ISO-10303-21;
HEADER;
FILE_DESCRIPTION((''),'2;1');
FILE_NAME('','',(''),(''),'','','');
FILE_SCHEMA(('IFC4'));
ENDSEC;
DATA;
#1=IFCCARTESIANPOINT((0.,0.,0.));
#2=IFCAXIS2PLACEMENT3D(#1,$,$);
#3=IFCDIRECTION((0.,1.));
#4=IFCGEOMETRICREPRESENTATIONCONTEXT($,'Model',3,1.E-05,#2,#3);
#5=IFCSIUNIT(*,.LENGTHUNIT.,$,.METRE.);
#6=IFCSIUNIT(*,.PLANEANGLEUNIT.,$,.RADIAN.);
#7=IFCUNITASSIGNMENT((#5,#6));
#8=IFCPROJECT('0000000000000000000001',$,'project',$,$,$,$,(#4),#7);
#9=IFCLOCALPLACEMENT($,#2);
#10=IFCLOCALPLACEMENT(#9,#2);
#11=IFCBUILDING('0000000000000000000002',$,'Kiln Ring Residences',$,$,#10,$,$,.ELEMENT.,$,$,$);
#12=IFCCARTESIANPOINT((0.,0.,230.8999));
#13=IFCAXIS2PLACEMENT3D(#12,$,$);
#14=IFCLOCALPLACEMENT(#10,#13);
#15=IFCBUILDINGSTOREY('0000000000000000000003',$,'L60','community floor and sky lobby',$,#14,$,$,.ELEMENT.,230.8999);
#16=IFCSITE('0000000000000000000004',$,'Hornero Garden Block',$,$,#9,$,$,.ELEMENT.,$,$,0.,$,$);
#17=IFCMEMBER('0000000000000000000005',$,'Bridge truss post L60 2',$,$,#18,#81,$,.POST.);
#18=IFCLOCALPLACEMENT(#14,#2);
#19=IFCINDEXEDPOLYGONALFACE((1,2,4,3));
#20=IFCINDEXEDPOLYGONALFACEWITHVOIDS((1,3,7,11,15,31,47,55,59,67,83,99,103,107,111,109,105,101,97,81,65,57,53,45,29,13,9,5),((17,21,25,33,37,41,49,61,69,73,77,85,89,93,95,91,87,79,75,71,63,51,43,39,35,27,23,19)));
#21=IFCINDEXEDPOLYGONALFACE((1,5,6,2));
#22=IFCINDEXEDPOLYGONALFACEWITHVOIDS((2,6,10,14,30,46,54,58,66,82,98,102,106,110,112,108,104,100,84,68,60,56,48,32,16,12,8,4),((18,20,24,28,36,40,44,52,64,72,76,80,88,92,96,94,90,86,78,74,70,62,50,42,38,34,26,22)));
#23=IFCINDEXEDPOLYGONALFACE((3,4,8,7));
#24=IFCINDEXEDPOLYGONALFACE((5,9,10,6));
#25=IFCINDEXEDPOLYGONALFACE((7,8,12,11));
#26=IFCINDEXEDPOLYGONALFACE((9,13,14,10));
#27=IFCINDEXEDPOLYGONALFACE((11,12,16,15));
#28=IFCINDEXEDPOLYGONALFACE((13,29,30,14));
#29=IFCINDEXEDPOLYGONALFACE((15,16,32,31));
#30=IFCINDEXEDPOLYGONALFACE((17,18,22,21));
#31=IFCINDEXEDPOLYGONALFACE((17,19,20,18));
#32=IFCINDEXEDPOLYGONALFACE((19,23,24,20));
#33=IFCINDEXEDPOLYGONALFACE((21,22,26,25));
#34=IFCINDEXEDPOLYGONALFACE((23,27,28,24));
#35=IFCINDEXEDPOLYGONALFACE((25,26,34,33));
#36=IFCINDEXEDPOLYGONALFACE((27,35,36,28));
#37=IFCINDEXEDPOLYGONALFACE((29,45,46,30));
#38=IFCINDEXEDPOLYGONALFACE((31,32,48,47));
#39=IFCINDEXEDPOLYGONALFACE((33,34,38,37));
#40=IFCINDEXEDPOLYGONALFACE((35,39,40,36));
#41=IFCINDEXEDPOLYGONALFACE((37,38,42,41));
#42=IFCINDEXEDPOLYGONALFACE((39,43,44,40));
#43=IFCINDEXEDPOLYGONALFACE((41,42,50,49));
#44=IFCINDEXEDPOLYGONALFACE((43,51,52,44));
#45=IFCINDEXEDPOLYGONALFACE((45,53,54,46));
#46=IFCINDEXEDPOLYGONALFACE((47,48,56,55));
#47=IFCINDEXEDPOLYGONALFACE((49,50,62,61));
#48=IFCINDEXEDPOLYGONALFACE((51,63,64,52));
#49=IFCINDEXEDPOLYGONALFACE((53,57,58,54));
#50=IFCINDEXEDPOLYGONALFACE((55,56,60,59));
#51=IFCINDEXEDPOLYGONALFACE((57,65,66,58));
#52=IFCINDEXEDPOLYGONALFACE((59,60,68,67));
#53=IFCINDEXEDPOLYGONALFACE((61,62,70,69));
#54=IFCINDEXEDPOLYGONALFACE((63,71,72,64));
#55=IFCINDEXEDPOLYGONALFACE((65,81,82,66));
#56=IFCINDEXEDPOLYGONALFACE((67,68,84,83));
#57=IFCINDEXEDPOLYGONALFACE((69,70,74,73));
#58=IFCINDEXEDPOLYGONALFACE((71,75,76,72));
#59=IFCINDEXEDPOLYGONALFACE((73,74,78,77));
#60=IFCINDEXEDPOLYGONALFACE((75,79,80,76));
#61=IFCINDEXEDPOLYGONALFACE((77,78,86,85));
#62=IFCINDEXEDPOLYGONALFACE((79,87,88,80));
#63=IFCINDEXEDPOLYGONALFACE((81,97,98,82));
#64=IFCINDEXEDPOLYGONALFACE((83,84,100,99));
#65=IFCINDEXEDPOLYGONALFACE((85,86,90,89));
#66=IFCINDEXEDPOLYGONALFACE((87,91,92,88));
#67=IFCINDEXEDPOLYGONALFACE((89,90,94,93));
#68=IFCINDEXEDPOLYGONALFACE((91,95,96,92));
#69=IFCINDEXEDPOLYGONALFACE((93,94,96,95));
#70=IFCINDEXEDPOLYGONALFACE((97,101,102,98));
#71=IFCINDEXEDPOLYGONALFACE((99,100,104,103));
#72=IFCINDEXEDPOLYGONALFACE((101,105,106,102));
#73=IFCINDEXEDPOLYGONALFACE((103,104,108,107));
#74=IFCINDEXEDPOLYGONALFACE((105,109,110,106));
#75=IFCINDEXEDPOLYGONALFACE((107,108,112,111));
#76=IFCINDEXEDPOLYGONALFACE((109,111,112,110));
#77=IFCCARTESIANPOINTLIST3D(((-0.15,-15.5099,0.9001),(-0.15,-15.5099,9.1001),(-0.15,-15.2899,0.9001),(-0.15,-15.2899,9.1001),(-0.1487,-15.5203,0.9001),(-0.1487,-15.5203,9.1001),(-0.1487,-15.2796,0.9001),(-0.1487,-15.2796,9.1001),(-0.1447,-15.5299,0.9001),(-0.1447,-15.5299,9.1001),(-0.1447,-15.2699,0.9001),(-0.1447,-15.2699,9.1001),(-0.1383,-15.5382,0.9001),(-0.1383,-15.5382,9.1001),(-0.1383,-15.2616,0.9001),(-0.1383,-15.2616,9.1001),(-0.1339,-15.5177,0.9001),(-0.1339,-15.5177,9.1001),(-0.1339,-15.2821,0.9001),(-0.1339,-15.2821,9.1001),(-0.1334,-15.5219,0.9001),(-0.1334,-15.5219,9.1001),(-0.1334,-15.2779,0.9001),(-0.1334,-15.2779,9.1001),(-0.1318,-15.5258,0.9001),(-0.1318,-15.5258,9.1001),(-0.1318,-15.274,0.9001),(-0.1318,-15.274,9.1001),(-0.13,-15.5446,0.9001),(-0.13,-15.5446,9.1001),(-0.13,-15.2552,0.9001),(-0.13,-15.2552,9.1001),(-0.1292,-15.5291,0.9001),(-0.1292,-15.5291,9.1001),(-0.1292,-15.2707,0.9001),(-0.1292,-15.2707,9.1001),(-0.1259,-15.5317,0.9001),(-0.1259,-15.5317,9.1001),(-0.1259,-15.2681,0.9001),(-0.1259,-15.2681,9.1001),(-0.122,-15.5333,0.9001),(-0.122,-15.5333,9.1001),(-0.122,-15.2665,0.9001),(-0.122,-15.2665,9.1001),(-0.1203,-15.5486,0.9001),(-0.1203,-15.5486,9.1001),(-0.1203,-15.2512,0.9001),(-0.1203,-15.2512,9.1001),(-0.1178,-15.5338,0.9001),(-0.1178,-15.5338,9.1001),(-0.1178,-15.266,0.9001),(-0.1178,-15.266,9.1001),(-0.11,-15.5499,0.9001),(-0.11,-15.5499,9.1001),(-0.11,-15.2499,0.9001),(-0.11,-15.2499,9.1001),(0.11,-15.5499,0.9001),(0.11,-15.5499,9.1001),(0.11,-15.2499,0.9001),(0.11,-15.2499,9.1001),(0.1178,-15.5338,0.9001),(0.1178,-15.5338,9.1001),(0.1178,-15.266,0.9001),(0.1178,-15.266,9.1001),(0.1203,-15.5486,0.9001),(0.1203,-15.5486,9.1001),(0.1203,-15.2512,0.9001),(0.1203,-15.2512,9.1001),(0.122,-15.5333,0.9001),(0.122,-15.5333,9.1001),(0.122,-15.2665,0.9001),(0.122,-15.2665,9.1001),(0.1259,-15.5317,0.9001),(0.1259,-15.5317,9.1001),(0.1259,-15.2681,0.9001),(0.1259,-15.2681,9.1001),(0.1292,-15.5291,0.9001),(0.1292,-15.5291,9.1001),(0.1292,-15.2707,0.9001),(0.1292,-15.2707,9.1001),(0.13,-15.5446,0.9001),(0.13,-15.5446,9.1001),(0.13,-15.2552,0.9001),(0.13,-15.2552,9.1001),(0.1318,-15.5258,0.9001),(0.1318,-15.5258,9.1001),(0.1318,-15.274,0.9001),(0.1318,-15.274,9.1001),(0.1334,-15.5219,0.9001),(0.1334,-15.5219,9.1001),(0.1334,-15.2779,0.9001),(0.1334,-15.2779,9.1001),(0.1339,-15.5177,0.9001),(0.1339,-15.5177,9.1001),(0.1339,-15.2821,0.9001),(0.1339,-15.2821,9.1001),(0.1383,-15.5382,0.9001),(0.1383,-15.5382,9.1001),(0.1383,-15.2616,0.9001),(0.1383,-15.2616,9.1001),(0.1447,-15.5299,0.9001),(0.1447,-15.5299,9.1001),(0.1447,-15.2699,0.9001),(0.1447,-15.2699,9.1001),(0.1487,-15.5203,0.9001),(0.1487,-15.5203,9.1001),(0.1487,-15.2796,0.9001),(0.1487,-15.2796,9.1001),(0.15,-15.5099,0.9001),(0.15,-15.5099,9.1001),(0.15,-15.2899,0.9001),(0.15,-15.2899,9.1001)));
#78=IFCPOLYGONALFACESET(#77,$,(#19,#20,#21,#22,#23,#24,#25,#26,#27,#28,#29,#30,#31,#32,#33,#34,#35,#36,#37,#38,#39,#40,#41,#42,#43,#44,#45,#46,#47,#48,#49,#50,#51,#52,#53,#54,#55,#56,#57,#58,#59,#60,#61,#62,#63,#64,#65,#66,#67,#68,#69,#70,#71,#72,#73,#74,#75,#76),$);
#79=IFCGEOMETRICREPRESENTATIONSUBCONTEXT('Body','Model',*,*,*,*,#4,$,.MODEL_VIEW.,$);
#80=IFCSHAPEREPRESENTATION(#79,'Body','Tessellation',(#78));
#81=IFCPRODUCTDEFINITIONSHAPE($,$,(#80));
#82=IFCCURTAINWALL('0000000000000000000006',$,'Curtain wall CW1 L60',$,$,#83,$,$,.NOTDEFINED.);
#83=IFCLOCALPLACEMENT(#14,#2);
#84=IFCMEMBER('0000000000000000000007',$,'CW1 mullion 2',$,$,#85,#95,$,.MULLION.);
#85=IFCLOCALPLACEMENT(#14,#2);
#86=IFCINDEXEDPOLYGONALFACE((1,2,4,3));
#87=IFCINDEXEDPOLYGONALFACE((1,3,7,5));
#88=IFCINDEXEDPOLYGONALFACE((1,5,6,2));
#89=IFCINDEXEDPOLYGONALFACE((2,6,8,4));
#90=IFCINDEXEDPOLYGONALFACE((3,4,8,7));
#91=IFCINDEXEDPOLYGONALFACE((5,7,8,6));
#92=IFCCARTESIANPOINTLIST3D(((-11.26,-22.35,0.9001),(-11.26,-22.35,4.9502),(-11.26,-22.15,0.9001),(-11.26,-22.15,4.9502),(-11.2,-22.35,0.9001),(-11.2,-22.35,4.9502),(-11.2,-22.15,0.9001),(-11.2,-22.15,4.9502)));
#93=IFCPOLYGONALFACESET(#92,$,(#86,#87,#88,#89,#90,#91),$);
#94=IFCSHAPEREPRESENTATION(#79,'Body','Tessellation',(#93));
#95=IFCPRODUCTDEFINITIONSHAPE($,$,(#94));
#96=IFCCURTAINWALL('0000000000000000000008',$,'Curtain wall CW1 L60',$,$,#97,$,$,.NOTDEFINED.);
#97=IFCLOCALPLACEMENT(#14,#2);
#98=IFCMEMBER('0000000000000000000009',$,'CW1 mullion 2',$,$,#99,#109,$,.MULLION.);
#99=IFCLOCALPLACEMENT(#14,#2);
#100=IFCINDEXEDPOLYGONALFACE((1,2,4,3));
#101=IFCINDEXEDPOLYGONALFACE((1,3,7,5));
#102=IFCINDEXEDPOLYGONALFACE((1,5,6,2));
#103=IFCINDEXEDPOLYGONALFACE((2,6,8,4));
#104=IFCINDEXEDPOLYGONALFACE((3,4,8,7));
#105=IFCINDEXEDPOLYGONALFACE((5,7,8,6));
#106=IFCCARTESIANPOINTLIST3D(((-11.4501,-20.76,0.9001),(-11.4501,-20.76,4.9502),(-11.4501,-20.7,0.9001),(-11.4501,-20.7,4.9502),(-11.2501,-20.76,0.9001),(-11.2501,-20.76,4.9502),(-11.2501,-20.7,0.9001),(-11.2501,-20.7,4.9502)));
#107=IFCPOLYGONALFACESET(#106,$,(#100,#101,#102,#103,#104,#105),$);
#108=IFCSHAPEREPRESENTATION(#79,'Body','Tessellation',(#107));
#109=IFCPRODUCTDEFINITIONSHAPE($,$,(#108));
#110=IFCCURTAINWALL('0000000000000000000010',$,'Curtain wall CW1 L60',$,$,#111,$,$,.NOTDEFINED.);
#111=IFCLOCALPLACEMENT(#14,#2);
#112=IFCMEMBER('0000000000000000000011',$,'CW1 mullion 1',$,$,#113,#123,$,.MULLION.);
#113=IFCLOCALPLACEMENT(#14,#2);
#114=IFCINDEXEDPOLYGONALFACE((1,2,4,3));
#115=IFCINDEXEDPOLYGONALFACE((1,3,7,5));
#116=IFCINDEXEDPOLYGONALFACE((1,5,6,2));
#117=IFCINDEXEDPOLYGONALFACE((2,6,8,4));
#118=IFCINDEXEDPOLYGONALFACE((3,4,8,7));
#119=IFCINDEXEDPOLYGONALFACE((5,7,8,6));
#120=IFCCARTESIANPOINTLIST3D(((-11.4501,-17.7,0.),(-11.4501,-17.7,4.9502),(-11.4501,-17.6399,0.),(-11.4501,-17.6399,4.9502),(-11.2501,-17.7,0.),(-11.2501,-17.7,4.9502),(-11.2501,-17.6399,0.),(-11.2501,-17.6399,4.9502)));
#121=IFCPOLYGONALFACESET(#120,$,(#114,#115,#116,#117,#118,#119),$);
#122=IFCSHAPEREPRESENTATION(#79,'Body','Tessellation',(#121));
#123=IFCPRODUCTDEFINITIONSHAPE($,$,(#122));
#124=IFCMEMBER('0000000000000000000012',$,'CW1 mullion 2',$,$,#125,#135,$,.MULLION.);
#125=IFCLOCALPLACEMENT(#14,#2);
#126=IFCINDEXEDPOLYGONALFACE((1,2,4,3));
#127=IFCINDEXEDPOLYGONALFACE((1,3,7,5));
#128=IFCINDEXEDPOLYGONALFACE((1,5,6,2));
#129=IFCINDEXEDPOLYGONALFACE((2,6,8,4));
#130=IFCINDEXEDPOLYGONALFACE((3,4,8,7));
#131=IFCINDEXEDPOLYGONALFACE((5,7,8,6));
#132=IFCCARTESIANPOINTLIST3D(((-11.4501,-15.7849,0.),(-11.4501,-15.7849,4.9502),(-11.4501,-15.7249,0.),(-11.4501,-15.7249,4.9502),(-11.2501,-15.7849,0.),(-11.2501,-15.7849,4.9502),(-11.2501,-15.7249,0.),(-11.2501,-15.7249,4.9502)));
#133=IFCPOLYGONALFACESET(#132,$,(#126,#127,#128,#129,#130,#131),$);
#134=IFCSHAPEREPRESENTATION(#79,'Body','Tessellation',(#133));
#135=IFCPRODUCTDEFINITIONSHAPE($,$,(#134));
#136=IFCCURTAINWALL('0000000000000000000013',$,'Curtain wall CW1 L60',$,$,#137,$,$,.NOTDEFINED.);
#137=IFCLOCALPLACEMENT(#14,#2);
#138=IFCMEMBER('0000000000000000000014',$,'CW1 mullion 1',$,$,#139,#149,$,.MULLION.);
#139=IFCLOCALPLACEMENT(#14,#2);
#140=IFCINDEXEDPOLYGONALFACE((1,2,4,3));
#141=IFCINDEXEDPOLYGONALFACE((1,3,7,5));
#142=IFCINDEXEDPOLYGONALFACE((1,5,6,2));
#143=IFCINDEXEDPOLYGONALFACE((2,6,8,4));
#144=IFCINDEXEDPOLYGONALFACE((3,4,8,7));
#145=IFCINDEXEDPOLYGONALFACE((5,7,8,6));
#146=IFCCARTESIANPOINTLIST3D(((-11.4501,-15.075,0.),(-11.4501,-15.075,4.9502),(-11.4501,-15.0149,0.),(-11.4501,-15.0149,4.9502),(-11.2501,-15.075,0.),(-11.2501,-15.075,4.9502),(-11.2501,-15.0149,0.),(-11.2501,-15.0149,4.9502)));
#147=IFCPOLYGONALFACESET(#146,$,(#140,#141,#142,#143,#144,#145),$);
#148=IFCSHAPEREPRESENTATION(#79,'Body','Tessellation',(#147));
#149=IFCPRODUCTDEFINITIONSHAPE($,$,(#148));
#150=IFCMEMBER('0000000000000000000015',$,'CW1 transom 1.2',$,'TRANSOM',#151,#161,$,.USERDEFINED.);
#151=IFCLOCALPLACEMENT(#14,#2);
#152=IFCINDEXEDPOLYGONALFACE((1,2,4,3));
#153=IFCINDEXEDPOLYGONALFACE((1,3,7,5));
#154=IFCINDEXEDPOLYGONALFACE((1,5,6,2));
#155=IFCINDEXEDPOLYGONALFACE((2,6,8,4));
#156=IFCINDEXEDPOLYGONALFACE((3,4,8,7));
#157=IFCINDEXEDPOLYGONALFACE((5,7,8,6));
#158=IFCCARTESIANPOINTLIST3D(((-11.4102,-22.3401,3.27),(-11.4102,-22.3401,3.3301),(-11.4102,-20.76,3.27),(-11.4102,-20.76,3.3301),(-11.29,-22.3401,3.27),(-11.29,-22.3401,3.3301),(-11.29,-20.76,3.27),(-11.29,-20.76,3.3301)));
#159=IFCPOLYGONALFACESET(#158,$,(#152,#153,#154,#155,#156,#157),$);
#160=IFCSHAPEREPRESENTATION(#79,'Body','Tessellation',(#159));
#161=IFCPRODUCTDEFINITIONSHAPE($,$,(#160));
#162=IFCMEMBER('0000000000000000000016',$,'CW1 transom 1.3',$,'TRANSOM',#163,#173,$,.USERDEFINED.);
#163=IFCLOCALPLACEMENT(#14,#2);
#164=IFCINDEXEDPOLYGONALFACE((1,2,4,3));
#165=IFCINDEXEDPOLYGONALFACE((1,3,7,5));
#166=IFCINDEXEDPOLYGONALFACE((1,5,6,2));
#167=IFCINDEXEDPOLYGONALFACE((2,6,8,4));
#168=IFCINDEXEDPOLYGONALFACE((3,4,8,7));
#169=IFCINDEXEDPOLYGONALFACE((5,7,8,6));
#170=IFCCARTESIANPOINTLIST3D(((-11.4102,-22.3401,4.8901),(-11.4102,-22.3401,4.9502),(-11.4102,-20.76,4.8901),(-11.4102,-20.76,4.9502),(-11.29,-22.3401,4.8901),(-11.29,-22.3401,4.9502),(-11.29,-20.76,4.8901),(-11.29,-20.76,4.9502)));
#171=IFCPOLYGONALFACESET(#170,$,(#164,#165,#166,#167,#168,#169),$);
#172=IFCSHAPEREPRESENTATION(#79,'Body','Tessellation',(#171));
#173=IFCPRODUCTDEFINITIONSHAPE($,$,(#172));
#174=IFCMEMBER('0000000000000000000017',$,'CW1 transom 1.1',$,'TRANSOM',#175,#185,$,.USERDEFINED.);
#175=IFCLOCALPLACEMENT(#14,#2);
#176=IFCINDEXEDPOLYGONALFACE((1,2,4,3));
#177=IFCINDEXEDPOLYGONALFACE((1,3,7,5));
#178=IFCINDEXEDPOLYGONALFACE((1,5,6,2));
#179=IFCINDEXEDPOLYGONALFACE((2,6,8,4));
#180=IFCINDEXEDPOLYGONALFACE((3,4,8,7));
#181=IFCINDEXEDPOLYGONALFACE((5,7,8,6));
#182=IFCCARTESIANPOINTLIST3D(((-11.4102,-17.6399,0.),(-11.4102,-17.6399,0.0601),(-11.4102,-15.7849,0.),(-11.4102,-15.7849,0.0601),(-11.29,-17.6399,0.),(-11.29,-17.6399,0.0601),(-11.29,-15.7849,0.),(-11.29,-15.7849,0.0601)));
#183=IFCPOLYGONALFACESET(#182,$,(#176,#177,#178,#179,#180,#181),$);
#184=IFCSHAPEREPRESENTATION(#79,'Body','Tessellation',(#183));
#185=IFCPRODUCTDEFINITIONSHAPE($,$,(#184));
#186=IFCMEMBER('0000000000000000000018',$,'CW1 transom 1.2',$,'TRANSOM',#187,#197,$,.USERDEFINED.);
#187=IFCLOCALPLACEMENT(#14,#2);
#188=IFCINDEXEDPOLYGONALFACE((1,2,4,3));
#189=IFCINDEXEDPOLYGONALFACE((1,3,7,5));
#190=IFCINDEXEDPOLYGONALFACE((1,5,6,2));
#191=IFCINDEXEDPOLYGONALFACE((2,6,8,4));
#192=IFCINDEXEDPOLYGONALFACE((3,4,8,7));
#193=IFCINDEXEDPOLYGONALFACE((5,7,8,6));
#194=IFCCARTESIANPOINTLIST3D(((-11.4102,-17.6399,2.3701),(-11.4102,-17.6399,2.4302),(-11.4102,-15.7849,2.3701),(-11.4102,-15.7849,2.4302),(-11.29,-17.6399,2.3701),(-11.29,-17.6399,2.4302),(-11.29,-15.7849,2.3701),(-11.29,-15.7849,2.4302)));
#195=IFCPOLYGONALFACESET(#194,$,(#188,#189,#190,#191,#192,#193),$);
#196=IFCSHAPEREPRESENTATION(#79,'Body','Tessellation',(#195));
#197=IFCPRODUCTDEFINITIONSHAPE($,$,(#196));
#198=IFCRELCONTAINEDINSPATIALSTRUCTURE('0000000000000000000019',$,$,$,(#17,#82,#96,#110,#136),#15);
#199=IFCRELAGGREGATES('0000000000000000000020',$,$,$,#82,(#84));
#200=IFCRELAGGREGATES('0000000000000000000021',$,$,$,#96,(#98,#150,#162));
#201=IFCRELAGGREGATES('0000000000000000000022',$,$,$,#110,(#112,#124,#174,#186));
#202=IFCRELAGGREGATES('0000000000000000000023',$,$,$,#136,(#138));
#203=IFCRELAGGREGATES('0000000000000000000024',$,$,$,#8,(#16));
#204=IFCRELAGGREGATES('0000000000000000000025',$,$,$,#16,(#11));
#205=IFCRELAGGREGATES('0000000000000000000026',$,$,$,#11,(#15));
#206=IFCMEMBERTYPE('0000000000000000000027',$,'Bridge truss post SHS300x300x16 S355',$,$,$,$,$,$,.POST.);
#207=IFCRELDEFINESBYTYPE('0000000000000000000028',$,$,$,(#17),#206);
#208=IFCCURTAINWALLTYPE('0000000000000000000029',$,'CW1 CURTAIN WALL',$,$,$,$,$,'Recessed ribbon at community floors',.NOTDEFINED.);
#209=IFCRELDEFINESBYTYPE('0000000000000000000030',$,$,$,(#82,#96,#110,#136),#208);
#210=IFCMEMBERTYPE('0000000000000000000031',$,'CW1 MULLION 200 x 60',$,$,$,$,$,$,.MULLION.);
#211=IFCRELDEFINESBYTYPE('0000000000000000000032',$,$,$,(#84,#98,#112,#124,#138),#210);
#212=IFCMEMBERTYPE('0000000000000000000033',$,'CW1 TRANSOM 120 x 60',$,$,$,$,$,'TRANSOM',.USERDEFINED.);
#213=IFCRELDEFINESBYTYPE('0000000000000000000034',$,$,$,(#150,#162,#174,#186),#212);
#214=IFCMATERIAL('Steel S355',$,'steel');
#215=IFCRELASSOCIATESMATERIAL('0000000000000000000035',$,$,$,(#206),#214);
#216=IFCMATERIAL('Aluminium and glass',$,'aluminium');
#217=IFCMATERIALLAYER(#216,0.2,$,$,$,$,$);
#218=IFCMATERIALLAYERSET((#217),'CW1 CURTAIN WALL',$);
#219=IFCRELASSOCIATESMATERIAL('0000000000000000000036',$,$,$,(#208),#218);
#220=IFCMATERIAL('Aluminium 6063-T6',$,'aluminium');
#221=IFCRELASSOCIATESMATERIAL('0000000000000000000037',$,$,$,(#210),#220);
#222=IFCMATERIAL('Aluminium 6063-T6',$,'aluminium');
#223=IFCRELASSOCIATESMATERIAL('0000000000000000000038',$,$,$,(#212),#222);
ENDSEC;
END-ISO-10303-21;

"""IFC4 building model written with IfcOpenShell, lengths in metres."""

from ifc_helpers import new_model, si_unit, direction, frame, origin, origin_2d, place, context, subcontext, project, spatial, rectangle, hollow_rectangle, extrude, material, layer, layer_set, material_profile, profile_set, type_object, element, aggregate, save


model = new_model("IFC4")

# Units and contexts
model_context = context("Model", 3, precision=1e-05, world=origin(), true_north=direction((0.0, 1.0)))
body_context = subcontext(model_context, "Body", "Model", "MODEL_VIEW")
ifc_project = project(units=[si_unit("LENGTHUNIT", "METRE"), si_unit("PLANEANGLEUNIT", "RADIAN")], contexts=[model_context])

# Site, building, storey
site_placement = place(None, origin())
site = spatial("IfcSite", under=ifc_project, at=site_placement, Name="Hornero Garden Block", CompositionType="ELEMENT", RefElevation=0.0)
building_placement = place(site_placement, origin())
building = spatial("IfcBuilding", under=site, at=building_placement, Name="Kiln Ring Residences", CompositionType="ELEMENT")
storey_placement = place(building_placement, frame((0.0, 0.0, 230.8999)))
storey = spatial("IfcBuildingStorey", under=building, at=storey_placement, Name="L60", Description="community floor and sky lobby", CompositionType="ELEMENT", Elevation=230.8999)

# Member
ifc_material_1 = material(Name="Steel S355", Category="steel")
ifc_material_profile_1 = material_profile(ifc_material_1, hollow_rectangle(XDim=0.3, YDim=0.3, WallThickness=0.0161, InnerFilletRadius=0.0161, OuterFilletRadius=0.04, at=origin_2d()), Name="SHS300x300x16")
ifc_profile_set_1 = profile_set([ifc_material_profile_1], Name="Steel S355")
member_type_1 = type_object("IfcMemberType", Name="Bridge truss post SHS300x300x16 S355", PredefinedType="POST", material=ifc_profile_set_1)
for number, where, z_axis, x_axis, name in (
    (1, (0.0, -15.3999, 0.9001), (0.0, 0.0, 1.0), (1.0, 0.0, 0.0), "Bridge truss post L60 2"),
):
    element("IfcMember", number, at=place(storey_placement, frame(where, z_axis=z_axis, x_axis=x_axis)), inside=storey, type_object=member_type_1, Name=name, PredefinedType="POST", context=body_context, shape_type="SweptSolid", body=[
        extrude(hollow_rectangle(XDim=0.3, YDim=0.3, WallThickness=0.0161, InnerFilletRadius=0.0161, OuterFilletRadius=0.04, at=origin_2d()), origin(), (0.0, 0.0, 1.0), 8.2),
    ])

# Curtain walls, members
ifc_material_2 = material(Name="Aluminium and glass", Category="aluminium")
ifc_layer_1 = layer(ifc_material_2, 0.2)
ifc_layer_set_1 = layer_set([ifc_layer_1], Name="CW1 CURTAIN WALL")
curtain_wall_type = type_object("IfcCurtainWallType", Name="CW1 CURTAIN WALL", ElementType="Recessed ribbon at community floors", PredefinedType="NOTDEFINED", material=ifc_layer_set_1)
placement = place(storey_placement, origin())
curtain_wall_1 = element("IfcCurtainWall", 2, at=placement, inside=storey, type_object=curtain_wall_type, Name="Curtain wall CW1 L60", PredefinedType="NOTDEFINED")
ifc_material_3 = material(Name="Aluminium 6063-T6", Category="aluminium")
ifc_material_profile_2 = material_profile(ifc_material_3, rectangle(XDim=0.2, YDim=0.0601, at=origin_2d()), Name="AL 200x60")
ifc_profile_set_2 = profile_set([ifc_material_profile_2], Name="Aluminium 6063-T6")
member_type_2 = type_object("IfcMemberType", Name="CW1 MULLION 200 x 60", PredefinedType="MULLION", material=ifc_profile_set_2)
member_1_placement = place(storey_placement, frame((-11.23, -22.25, 0.9001), z_axis=(0.0, 0.0, 1.0), x_axis=(0.0, 1.0, 0.0)))
member_1 = element("IfcMember", 3, at=member_1_placement, type_object=member_type_2, Name="CW1 mullion 2", PredefinedType="MULLION", context=body_context, shape_type="SweptSolid", body=[
    extrude(rectangle(XDim=0.2, YDim=0.0601, at=origin_2d()), origin(), (0.0, 0.0, 1.0), 4.05),
])
aggregate(curtain_wall_1, [member_1])
curtain_wall_2 = element("IfcCurtainWall", 4, at=placement, inside=storey, type_object=curtain_wall_type, Name="Curtain wall CW1 L60", PredefinedType="NOTDEFINED")
member_2_placement = place(storey_placement, frame((-11.3501, -20.73, 0.9001), z_axis=(0.0, 0.0, 1.0), x_axis=(-1.0, 0.0, 0.0)))
member_2 = element("IfcMember", 5, at=member_2_placement, type_object=member_type_2, Name="CW1 mullion 2", PredefinedType="MULLION", context=body_context, shape_type="SweptSolid", body=[
    extrude(rectangle(XDim=0.2, YDim=0.0601, at=origin_2d()), origin(), (0.0, 0.0, 1.0), 4.05),
])

# Curtain wall, members
curtain_wall_3 = element("IfcCurtainWall", 6, at=placement, inside=storey, type_object=curtain_wall_type, Name="Curtain wall CW1 L60", PredefinedType="NOTDEFINED")
member_3_placement = place(storey_placement, frame((-11.3501, -17.6699, 0.0), z_axis=(0.0, 0.0, 1.0), x_axis=(-1.0, 0.0, 0.0)))
member_3 = element("IfcMember", 7, at=member_3_placement, type_object=member_type_2, Name="CW1 mullion 1", PredefinedType="MULLION", context=body_context, shape_type="SweptSolid", body=[
    extrude(rectangle(XDim=0.2, YDim=0.0601, at=origin_2d()), origin(), (0.0, 0.0, 1.0), 4.9502),
])
member_4_placement = place(storey_placement, frame((-11.3501, -15.7549, 0.0), z_axis=(0.0, 0.0, 1.0), x_axis=(-1.0, 0.0, 0.0)))
member_4 = element("IfcMember", 8, at=member_4_placement, type_object=member_type_2, Name="CW1 mullion 2", PredefinedType="MULLION", context=body_context, shape_type="SweptSolid", body=[
    extrude(rectangle(XDim=0.2, YDim=0.0601, at=origin_2d()), origin(), (0.0, 0.0, 1.0), 4.9502),
])

# Curtain wall, member
curtain_wall_4 = element("IfcCurtainWall", 9, at=placement, inside=storey, type_object=curtain_wall_type, Name="Curtain wall CW1 L60", PredefinedType="NOTDEFINED")
member_5_placement = place(storey_placement, frame((-11.3501, -15.0449, 0.0), z_axis=(0.0, 0.0, 1.0), x_axis=(-1.0, 0.0, 0.0)))
member_5 = element("IfcMember", 10, at=member_5_placement, type_object=member_type_2, Name="CW1 mullion 1", PredefinedType="MULLION", context=body_context, shape_type="SweptSolid", body=[
    extrude(rectangle(XDim=0.2, YDim=0.0601, at=origin_2d()), origin(), (0.0, 0.0, 1.0), 4.9502),
])

# Members
ifc_material_4 = material(Name="Aluminium 6063-T6", Category="aluminium")
ifc_material_profile_3 = material_profile(ifc_material_4, rectangle(XDim=0.1201, YDim=0.0601, at=origin_2d()), Name="AL 120x60")
ifc_profile_set_3 = profile_set([ifc_material_profile_3], Name="Aluminium 6063-T6")
member_type_3 = type_object("IfcMemberType", Name="CW1 TRANSOM 120 x 60", ElementType="TRANSOM", PredefinedType="USERDEFINED", material=ifc_profile_set_3)
member_6_placement = place(storey_placement, frame((-11.3501, -22.3401, 3.3), z_axis=(0.0, 1.0, 0.0), x_axis=(-1.0, 0.0, 0.0)))
member_6 = element("IfcMember", 11, at=member_6_placement, type_object=member_type_3, Name="CW1 transom 1.2", ObjectType="TRANSOM", PredefinedType="USERDEFINED", context=body_context, shape_type="SweptSolid", body=[
    extrude(rectangle(XDim=0.1201, YDim=0.0601, at=origin_2d()), origin(), (0.0, 0.0, 1.0), 1.5801),
])
member_7_placement = place(storey_placement, frame((-11.3501, -22.3401, 4.9202), z_axis=(0.0, 1.0, 0.0), x_axis=(-1.0, 0.0, 0.0)))
member_7 = element("IfcMember", 12, at=member_7_placement, type_object=member_type_3, Name="CW1 transom 1.3", ObjectType="TRANSOM", PredefinedType="USERDEFINED", context=body_context, shape_type="SweptSolid", body=[
    extrude(rectangle(XDim=0.1201, YDim=0.0601, at=origin_2d()), origin(), (0.0, 0.0, 1.0), 1.5801),
])
member_8_placement = place(storey_placement, frame((-11.3501, -17.6399, 0.03), z_axis=(0.0, 1.0, 0.0), x_axis=(-1.0, 0.0, 0.0)))
member_8 = element("IfcMember", 13, at=member_8_placement, type_object=member_type_3, Name="CW1 transom 1.1", ObjectType="TRANSOM", PredefinedType="USERDEFINED", context=body_context, shape_type="SweptSolid", body=[
    extrude(rectangle(XDim=0.1201, YDim=0.0601, at=origin_2d()), origin(), (0.0, 0.0, 1.0), 1.855),
])
member_9_placement = place(storey_placement, frame((-11.3501, -17.6399, 2.4001), z_axis=(0.0, 1.0, 0.0), x_axis=(-1.0, 0.0, 0.0)))
member_9 = element("IfcMember", 14, at=member_9_placement, type_object=member_type_3, Name="CW1 transom 1.2", ObjectType="TRANSOM", PredefinedType="USERDEFINED", context=body_context, shape_type="SweptSolid", body=[
    extrude(rectangle(XDim=0.1201, YDim=0.0601, at=origin_2d()), origin(), (0.0, 0.0, 1.0), 1.855),
])

aggregate(curtain_wall_2, [member_2, member_6, member_7])
aggregate(curtain_wall_3, [member_3, member_4, member_8, member_9])
aggregate(curtain_wall_4, [member_5])

save(model, "model.ifc")
